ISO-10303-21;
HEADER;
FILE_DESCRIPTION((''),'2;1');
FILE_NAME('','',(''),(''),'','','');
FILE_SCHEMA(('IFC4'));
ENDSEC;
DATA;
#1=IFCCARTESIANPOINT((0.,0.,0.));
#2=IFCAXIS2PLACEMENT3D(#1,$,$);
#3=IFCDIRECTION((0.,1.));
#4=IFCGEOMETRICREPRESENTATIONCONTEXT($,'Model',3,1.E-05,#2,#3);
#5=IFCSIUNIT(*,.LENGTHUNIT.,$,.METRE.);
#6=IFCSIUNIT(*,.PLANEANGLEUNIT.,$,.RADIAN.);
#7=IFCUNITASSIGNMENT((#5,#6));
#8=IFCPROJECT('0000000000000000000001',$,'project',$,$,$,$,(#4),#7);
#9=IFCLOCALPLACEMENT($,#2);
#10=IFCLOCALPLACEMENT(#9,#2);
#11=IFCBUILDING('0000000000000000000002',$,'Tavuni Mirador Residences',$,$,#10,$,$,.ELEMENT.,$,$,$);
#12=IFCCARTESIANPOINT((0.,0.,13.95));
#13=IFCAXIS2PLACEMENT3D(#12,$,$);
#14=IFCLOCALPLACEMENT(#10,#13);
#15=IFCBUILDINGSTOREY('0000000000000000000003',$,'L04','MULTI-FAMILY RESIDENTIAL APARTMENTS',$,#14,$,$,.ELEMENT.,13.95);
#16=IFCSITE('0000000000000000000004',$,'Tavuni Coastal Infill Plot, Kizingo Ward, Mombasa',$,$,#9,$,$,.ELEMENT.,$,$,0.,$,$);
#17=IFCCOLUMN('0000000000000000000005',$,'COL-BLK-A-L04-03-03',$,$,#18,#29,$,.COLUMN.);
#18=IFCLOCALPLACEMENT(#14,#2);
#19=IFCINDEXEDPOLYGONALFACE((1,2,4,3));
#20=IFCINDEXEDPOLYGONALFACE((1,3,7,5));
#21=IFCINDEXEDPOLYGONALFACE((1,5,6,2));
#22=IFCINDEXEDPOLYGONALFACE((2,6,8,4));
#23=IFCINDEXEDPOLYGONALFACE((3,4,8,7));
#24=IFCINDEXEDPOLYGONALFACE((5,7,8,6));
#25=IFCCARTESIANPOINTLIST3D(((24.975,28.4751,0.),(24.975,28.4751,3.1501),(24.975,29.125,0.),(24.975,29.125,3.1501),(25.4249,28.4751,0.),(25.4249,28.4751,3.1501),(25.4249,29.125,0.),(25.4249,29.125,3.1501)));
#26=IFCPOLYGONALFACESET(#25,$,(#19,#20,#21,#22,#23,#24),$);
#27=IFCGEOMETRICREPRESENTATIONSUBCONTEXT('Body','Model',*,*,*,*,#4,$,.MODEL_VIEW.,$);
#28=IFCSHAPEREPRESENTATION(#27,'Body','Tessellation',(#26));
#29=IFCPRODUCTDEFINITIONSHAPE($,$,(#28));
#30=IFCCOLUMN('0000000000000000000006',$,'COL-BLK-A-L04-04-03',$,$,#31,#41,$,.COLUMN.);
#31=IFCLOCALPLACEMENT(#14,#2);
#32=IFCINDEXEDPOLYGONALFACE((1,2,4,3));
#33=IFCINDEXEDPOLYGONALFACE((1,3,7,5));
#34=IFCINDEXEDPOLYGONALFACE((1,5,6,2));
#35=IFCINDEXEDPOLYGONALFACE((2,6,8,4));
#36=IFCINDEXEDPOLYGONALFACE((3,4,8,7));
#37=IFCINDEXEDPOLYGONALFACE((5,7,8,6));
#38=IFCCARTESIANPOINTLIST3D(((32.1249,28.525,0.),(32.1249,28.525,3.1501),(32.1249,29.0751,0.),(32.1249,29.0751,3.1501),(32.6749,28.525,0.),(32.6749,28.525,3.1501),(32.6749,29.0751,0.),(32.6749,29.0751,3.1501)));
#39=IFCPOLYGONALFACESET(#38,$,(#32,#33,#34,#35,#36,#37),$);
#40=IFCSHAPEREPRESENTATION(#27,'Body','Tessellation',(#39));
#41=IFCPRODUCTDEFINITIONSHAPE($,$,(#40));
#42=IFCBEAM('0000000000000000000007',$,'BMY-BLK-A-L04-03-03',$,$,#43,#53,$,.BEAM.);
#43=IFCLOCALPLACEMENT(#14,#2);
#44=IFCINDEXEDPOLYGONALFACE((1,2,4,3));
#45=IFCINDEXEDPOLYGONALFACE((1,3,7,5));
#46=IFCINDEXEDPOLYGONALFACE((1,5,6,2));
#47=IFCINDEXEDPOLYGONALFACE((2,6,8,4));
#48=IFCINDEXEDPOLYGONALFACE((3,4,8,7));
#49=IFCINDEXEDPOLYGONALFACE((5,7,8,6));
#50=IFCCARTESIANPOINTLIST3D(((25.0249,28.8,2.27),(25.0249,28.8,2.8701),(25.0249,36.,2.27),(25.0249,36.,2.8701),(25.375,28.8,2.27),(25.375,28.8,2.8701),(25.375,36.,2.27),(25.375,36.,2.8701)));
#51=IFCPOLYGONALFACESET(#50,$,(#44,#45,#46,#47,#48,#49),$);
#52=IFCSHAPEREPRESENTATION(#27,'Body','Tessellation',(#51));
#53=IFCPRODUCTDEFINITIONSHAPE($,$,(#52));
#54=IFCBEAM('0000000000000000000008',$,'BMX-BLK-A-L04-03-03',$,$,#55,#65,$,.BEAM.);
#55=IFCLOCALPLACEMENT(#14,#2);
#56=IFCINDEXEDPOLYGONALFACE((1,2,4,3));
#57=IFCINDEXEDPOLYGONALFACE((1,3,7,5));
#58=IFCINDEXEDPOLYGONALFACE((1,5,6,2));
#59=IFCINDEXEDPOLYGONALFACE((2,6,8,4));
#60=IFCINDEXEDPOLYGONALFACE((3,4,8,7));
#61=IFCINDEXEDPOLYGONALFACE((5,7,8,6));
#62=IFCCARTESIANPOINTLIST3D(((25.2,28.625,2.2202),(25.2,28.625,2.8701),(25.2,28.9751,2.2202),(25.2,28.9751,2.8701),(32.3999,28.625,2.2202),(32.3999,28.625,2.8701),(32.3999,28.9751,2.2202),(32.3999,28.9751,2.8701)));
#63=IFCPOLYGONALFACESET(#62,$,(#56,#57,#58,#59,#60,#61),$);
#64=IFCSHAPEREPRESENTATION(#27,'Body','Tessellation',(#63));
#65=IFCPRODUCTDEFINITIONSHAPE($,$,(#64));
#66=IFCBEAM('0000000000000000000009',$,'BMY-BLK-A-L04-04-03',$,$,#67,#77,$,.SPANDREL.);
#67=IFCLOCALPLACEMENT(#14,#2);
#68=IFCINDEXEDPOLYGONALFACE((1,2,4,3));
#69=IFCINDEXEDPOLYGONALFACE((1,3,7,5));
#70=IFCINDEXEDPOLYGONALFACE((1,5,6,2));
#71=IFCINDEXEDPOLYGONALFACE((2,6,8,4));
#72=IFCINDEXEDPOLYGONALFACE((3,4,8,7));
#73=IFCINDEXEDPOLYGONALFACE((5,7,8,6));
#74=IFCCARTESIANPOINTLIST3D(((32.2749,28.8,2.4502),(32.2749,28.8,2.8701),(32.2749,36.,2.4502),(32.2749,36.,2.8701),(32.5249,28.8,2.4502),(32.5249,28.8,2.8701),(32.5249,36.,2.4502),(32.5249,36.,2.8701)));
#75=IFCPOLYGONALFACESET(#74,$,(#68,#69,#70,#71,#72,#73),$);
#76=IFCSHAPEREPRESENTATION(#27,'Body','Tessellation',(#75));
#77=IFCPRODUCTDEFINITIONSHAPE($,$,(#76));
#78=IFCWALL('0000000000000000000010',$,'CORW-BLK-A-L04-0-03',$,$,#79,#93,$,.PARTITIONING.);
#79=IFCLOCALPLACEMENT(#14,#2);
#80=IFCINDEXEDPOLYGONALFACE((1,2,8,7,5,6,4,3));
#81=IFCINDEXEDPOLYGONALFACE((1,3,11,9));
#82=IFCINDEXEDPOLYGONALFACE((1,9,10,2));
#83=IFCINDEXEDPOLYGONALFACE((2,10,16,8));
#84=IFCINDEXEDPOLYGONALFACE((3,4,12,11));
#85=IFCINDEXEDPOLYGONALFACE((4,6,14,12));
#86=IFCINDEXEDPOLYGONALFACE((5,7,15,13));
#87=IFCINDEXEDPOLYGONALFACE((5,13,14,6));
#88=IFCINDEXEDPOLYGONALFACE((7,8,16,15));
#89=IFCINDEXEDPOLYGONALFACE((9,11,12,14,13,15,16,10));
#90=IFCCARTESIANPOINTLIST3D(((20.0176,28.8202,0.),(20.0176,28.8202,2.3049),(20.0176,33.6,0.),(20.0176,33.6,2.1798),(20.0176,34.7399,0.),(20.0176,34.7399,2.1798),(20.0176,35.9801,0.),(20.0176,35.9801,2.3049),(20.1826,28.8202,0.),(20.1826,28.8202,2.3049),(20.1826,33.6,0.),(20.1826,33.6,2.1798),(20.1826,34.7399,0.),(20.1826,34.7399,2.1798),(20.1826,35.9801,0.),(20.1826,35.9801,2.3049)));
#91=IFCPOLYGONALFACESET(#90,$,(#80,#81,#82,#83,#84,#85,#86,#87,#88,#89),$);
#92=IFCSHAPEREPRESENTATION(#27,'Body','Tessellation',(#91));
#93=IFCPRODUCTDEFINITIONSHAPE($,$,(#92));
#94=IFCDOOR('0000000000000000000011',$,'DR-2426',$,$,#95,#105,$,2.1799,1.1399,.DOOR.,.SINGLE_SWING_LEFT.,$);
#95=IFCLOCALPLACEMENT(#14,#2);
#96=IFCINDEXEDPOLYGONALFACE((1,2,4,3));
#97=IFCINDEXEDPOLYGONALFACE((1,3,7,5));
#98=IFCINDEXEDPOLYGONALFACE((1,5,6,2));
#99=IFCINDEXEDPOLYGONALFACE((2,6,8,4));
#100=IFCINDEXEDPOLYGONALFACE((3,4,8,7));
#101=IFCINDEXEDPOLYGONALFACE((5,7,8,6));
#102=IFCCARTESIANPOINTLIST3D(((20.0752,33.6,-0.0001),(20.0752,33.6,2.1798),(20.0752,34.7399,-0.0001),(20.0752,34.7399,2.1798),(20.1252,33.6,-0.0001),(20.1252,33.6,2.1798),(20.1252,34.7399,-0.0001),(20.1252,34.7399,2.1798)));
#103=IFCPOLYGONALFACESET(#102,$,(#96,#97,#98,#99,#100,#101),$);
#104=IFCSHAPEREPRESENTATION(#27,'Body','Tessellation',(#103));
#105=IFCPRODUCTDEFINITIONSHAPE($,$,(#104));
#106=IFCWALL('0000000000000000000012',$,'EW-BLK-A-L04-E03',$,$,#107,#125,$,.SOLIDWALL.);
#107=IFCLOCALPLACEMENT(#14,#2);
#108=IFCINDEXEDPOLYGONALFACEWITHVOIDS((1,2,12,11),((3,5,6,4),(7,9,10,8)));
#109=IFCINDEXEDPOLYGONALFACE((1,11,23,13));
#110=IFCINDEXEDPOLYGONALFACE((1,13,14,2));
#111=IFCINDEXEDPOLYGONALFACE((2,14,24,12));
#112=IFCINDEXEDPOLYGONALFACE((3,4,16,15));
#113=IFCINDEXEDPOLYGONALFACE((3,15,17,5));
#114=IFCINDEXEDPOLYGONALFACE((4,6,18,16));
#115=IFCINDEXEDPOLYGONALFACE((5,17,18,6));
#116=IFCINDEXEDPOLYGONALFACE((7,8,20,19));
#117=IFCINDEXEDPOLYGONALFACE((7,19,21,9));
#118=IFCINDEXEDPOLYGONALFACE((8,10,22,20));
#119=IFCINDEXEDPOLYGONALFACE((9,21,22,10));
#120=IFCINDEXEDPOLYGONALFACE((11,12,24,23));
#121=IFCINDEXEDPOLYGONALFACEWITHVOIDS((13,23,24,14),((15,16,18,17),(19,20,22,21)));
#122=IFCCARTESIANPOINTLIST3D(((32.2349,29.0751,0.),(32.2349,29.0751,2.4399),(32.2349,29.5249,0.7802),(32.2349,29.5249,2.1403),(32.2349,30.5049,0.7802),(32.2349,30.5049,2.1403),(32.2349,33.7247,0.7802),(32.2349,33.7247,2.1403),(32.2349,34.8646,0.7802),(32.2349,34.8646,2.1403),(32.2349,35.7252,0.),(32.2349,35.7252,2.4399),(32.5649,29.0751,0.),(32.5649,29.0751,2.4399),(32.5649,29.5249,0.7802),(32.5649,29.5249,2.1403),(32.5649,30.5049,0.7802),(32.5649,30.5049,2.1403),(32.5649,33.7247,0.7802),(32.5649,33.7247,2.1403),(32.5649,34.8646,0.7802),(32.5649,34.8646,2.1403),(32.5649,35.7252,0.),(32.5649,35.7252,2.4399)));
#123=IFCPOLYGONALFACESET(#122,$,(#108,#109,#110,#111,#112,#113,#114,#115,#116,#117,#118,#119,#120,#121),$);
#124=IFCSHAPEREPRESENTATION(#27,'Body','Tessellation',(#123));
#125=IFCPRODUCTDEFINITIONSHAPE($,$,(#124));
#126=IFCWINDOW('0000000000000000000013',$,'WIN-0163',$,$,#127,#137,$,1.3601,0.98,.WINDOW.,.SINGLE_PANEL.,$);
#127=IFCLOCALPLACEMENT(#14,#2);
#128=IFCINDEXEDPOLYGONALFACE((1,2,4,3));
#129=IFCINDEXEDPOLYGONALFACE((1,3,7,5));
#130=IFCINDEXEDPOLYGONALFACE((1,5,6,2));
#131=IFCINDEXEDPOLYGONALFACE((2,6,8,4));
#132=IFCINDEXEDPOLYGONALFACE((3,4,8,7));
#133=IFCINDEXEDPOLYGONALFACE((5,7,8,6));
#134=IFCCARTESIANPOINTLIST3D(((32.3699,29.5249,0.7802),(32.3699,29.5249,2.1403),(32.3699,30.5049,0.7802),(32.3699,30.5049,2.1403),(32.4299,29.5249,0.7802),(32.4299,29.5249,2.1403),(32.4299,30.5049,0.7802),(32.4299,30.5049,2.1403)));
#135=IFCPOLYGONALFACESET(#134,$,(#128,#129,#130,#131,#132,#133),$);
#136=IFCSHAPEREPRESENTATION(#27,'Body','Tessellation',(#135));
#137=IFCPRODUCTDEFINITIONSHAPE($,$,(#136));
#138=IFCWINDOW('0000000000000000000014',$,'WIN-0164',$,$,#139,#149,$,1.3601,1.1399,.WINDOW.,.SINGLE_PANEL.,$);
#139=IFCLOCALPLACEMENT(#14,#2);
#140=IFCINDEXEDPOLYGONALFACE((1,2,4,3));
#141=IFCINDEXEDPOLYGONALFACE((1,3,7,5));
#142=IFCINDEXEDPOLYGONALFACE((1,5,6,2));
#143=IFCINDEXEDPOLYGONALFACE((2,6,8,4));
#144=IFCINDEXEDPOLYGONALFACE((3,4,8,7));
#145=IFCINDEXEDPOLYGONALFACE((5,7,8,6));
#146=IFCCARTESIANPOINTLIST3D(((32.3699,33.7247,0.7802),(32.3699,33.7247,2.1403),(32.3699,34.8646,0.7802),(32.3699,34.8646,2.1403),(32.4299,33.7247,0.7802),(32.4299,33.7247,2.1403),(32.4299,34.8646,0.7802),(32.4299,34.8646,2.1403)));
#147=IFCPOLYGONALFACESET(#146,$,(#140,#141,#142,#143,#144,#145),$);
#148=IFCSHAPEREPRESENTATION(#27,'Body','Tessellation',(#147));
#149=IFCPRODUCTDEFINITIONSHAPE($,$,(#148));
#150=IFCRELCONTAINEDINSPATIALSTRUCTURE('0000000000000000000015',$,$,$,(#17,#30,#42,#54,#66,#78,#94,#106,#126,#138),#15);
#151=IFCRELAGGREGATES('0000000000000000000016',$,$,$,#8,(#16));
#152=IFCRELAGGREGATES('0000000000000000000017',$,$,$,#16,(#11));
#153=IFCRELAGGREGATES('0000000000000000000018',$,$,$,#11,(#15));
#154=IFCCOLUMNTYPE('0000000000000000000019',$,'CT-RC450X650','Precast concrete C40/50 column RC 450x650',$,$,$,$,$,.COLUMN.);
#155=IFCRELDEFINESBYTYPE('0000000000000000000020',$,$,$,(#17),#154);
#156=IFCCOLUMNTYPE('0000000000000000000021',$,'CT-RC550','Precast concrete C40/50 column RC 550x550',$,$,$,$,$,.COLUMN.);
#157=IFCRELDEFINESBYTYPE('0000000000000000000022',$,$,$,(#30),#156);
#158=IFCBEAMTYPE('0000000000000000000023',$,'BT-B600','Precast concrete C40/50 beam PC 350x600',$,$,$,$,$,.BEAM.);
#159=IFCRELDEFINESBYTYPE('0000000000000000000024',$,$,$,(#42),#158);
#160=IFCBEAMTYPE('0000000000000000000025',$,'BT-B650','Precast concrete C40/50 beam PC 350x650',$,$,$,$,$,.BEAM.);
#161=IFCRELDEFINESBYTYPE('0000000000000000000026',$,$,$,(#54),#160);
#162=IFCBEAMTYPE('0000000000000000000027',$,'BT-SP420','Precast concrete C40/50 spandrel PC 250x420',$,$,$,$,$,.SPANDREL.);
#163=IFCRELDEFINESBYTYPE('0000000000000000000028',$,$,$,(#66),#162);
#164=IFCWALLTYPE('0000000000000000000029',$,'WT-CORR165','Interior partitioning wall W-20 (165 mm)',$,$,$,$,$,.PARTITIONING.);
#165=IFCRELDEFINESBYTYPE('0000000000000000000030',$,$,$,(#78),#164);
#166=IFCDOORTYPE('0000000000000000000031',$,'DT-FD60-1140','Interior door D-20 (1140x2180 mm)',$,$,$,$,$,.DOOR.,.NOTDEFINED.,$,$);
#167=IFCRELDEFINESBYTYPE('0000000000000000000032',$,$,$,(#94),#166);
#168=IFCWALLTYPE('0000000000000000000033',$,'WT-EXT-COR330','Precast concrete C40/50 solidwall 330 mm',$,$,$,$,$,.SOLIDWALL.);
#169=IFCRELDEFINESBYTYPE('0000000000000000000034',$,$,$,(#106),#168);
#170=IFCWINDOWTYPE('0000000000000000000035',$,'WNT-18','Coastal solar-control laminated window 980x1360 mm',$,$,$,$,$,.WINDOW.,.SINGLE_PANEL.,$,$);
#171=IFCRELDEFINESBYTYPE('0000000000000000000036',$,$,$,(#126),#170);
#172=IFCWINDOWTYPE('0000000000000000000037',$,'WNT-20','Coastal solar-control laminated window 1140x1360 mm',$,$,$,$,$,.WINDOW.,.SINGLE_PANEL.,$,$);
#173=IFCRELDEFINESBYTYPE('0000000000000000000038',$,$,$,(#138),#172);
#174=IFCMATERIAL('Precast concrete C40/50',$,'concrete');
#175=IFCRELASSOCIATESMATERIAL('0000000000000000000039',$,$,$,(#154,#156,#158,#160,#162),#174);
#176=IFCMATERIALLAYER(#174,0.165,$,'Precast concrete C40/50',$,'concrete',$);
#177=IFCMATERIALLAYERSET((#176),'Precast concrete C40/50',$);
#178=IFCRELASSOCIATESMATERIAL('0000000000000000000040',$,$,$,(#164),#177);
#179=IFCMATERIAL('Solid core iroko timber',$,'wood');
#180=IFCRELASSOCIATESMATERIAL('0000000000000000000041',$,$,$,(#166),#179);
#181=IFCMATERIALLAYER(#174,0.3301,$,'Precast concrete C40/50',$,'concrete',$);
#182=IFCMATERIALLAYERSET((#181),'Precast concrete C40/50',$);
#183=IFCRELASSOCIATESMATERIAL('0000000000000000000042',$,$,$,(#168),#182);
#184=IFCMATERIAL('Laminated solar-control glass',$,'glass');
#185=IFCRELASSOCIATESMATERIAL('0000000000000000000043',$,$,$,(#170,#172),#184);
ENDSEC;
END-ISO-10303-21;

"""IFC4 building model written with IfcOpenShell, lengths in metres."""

from ifc_helpers import new_model, si_unit, direction, frame, frame_2d, origin, origin_2d, place, context, subcontext, project, spatial, rectangle, extrude, material, layer, layer_set, material_profile, profile_set, type_object, element, fill, save


model = new_model("IFC4")

# Units and contexts
model_context = context("Model", 3, precision=1e-05, world=origin(), true_north=direction((0.0, 1.0)))
body_context = subcontext(model_context, "Body", "Model", "MODEL_VIEW")
ifc_project = project(units=[si_unit("LENGTHUNIT", "METRE"), si_unit("PLANEANGLEUNIT", "RADIAN")], contexts=[model_context])

# Site, building, storey
site_placement = place(None, origin())
site = spatial("IfcSite", under=ifc_project, at=site_placement, Name="Tavuni Coastal Infill Plot, Kizingo Ward, Mombasa", CompositionType="ELEMENT", RefElevation=0.0)
building_placement = place(site_placement, origin())
building = spatial("IfcBuilding", under=site, at=building_placement, Name="Tavuni Mirador Residences", CompositionType="ELEMENT")
storey_placement = place(building_placement, frame((0.0, 0.0, 13.95)))
storey = spatial("IfcBuildingStorey", under=building, at=storey_placement, Name="L04", Description="MULTI-FAMILY RESIDENTIAL APARTMENTS", CompositionType="ELEMENT", Elevation=13.95)

# Columns
ifc_material_1 = material(Name="Precast concrete C40/50", Category="concrete")
ifc_material_profile_1 = material_profile(ifc_material_1, rectangle(XDim=0.45, YDim=0.6499, at=origin_2d()), Name="RC 450x650", Category="concrete")
ifc_profile_set_1 = profile_set([ifc_material_profile_1], Name="Precast concrete C40/50")
column_type_1 = type_object("IfcColumnType", Name="CT-RC450X650", Description="Precast concrete C40/50 column RC 450x650", PredefinedType="COLUMN", material=ifc_profile_set_1)
column_1_placement = place(storey_placement, frame((25.2, 28.8, 0.0), z_axis=(0.0, 0.0, 1.0), x_axis=(1.0, 0.0, 0.0)))
element("IfcColumn", 1, at=column_1_placement, inside=storey, type_object=column_type_1, Name="COL-BLK-A-L04-03-03", PredefinedType="COLUMN", context=body_context, shape_type="SweptSolid", body=[
    extrude(rectangle(XDim=0.45, YDim=0.6499, at=origin_2d()), origin(), (0.0, 0.0, 1.0), 3.1501),
])
ifc_material_profile_2 = material_profile(ifc_material_1, rectangle(XDim=0.55, YDim=0.55, at=origin_2d()), Name="RC 550x550", Category="concrete")
ifc_profile_set_2 = profile_set([ifc_material_profile_2], Name="Precast concrete C40/50")
column_type_2 = type_object("IfcColumnType", Name="CT-RC550", Description="Precast concrete C40/50 column RC 550x550", PredefinedType="COLUMN", material=ifc_profile_set_2)
column_2_placement = place(storey_placement, frame((32.3999, 28.8, 0.0), z_axis=(0.0, 0.0, 1.0), x_axis=(1.0, 0.0, 0.0)))
element("IfcColumn", 2, at=column_2_placement, inside=storey, type_object=column_type_2, Name="COL-BLK-A-L04-04-03", PredefinedType="COLUMN", context=body_context, shape_type="SweptSolid", body=[
    extrude(rectangle(XDim=0.55, YDim=0.55, at=origin_2d()), origin(), (0.0, 0.0, 1.0), 3.1501),
])

# Beams
ifc_material_profile_3 = material_profile(ifc_material_1, rectangle(XDim=0.3501, YDim=0.6001, at=origin_2d()), Name="PC 350x600", Category="concrete")
ifc_profile_set_3 = profile_set([ifc_material_profile_3], Name="Precast concrete C40/50")
beam_type_1 = type_object("IfcBeamType", Name="BT-B600", Description="Precast concrete C40/50 beam PC 350x600", PredefinedType="BEAM", material=ifc_profile_set_3)
beam_1_placement = place(storey_placement, frame((25.2, 28.8, 2.5701), z_axis=(0.0, 1.0, 0.0), x_axis=(-1.0, 0.0, 0.0)))
element("IfcBeam", 3, at=beam_1_placement, inside=storey, type_object=beam_type_1, Name="BMY-BLK-A-L04-03-03", PredefinedType="BEAM", context=body_context, shape_type="SweptSolid", body=[
    extrude(rectangle(XDim=0.3501, YDim=0.6001, at=origin_2d()), origin(), (0.0, 0.0, 1.0), 7.2),
])
ifc_material_profile_4 = material_profile(ifc_material_1, rectangle(XDim=0.3501, YDim=0.6499, at=origin_2d()), Name="PC 350x650", Category="concrete")
ifc_profile_set_4 = profile_set([ifc_material_profile_4], Name="Precast concrete C40/50")
beam_type_2 = type_object("IfcBeamType", Name="BT-B650", Description="Precast concrete C40/50 beam PC 350x650", PredefinedType="BEAM", material=ifc_profile_set_4)
beam_2_placement = place(storey_placement, frame((25.2, 28.8, 2.5452), z_axis=(1.0, 0.0, 0.0), x_axis=(0.0, 1.0, 0.0)))
element("IfcBeam", 4, at=beam_2_placement, inside=storey, type_object=beam_type_2, Name="BMX-BLK-A-L04-03-03", PredefinedType="BEAM", context=body_context, shape_type="SweptSolid", body=[
    extrude(rectangle(XDim=0.3501, YDim=0.6499, at=origin_2d()), origin(), (0.0, 0.0, 1.0), 7.2),
])
ifc_material_profile_5 = material_profile(ifc_material_1, rectangle(XDim=0.25, YDim=0.4199, at=origin_2d()), Name="PC 250x420", Category="concrete")
ifc_profile_set_5 = profile_set([ifc_material_profile_5], Name="Precast concrete C40/50")
beam_type_3 = type_object("IfcBeamType", Name="BT-SP420", Description="Precast concrete C40/50 spandrel PC 250x420", PredefinedType="SPANDREL", material=ifc_profile_set_5)
beam_3_placement = place(storey_placement, frame((32.3999, 28.8, 2.6602), z_axis=(0.0, 1.0, 0.0), x_axis=(-1.0, 0.0, 0.0)))
element("IfcBeam", 5, at=beam_3_placement, inside=storey, type_object=beam_type_3, Name="BMY-BLK-A-L04-04-03", PredefinedType="SPANDREL", context=body_context, shape_type="SweptSolid", body=[
    extrude(rectangle(XDim=0.25, YDim=0.4199, at=origin_2d()), origin(), (0.0, 0.0, 1.0), 7.2),
])

# Wall, opening, door
ifc_layer_1 = layer(ifc_material_1, 0.165, Name="Precast concrete C40/50", Category="concrete")
ifc_layer_set_1 = layer_set([ifc_layer_1], Name="Precast concrete C40/50")
wall_type_1 = type_object("IfcWallType", Name="WT-CORR165", Description="Interior partitioning wall W-20 (165 mm)", PredefinedType="PARTITIONING", material=ifc_layer_set_1)
wall_1_placement = place(storey_placement, frame((20.1001, 28.8201, 0.0), z_axis=(0.0, 0.0, 1.0), x_axis=(0.0, 1.0, 0.0)))
wall_1 = element("IfcWall", 6, at=wall_1_placement, inside=storey, type_object=wall_type_1, Name="CORW-BLK-A-L04-0-03", PredefinedType="PARTITIONING", context=body_context, shape_type="SweptSolid", body=[
    extrude(rectangle(XDim=7.1599, YDim=0.165, at=frame_2d((3.5801, 0.0))), origin(), (0.0, 0.0, 1.0), 2.3049),
])
opening_1_placement = place(wall_1_placement, frame((4.78, 0.0, 0.0)))
opening_1 = element("IfcOpeningElement", 7, at=opening_1_placement, cuts=wall_1, PredefinedType="OPENING", context=body_context, shape_type="SweptSolid", body=[
    extrude(rectangle(XDim=1.1399, YDim=2.1799, at=frame_2d((0.5698, 1.0898))), frame((0.0, 0.0925, 0.0), z_axis=(0.0, -1.0, 0.0), x_axis=(1.0, 0.0, 0.0)), (0.0, 0.0, 1.0), 0.1851),
])
ifc_material_2 = material(Name="Solid core iroko timber", Category="wood")
door_type_1 = type_object("IfcDoorType", Name="DT-FD60-1140", Description="Interior door D-20 (1140x2180 mm)", OperationType="NOTDEFINED", PredefinedType="DOOR", material=ifc_material_2)
door_1_placement = place(opening_1_placement, origin())
door_1 = element("IfcDoor", 8, at=door_1_placement, inside=storey, type_object=door_type_1, Name="DR-2426", OperationType="SINGLE_SWING_LEFT", OverallHeight=2.1799, OverallWidth=1.1399, PredefinedType="DOOR", context=body_context, shape_type="SweptSolid", body=[
    extrude(rectangle(XDim=1.1399, YDim=2.1799, at=frame_2d((0.5698, 1.0898))), frame((0.0, 0.0249, 0.0), z_axis=(0.0, -1.0, 0.0), x_axis=(1.0, 0.0, 0.0)), (0.0, 0.0, 1.0), 0.05),
])
fill(opening_1, door_1)

# Wall, openings, windows
ifc_layer_2 = layer(ifc_material_1, 0.3301, Name="Precast concrete C40/50", Category="concrete")
ifc_layer_set_2 = layer_set([ifc_layer_2], Name="Precast concrete C40/50")
wall_type_2 = type_object("IfcWallType", Name="WT-EXT-COR330", Description="Precast concrete C40/50 solidwall 330 mm", PredefinedType="SOLIDWALL", material=ifc_layer_set_2)
wall_2_placement = place(storey_placement, frame((32.3999, 29.075, 0.0), z_axis=(0.0, 0.0, 1.0), x_axis=(0.0, 1.0, 0.0)))
wall_2 = element("IfcWall", 9, at=wall_2_placement, inside=storey, type_object=wall_type_2, Name="EW-BLK-A-L04-E03", PredefinedType="SOLIDWALL", context=body_context, shape_type="SweptSolid", body=[
    extrude(rectangle(XDim=6.6501, YDim=0.3301, at=frame_2d((3.3252, 0.0))), origin(), (0.0, 0.0, 1.0), 2.4399),
])
opening_2_placement = place(wall_2_placement, frame((0.45, 0.0, 0.78)))
opening_2 = element("IfcOpeningElement", 10, at=opening_2_placement, cuts=wall_2, PredefinedType="OPENING", context=body_context, shape_type="SweptSolid", body=[
    extrude(rectangle(XDim=0.98, YDim=1.3601, at=frame_2d((0.49, 0.6802))), frame((0.0, 0.175, 0.0), z_axis=(0.0, -1.0, 0.0), x_axis=(1.0, 0.0, 0.0)), (0.0, 0.0, 1.0), 0.3501),
])
opening_3_placement = place(wall_2_placement, frame((4.6499, 0.0, 0.78)))
opening_3 = element("IfcOpeningElement", 11, at=opening_3_placement, cuts=wall_2, PredefinedType="OPENING", context=body_context, shape_type="SweptSolid", body=[
    extrude(rectangle(XDim=1.1399, YDim=1.3601, at=frame_2d((0.5698, 0.6802))), frame((0.0, 0.175, 0.0), z_axis=(0.0, -1.0, 0.0), x_axis=(1.0, 0.0, 0.0)), (0.0, 0.0, 1.0), 0.3501),
])
ifc_material_3 = material(Name="Laminated solar-control glass", Category="glass")
window_type_1 = type_object("IfcWindowType", Name="WNT-18", Description="Coastal solar-control laminated window 980x1360 mm", PartitioningType="SINGLE_PANEL", PredefinedType="WINDOW", material=ifc_material_3)
window_1_placement = place(opening_2_placement, origin())
window_1 = element("IfcWindow", 12, at=window_1_placement, inside=storey, type_object=window_type_1, Name="WIN-0163", OverallHeight=1.3601, OverallWidth=0.98, PartitioningType="SINGLE_PANEL", PredefinedType="WINDOW", context=body_context, shape_type="SweptSolid", body=[
    extrude(rectangle(XDim=0.98, YDim=1.3601, at=frame_2d((0.49, 0.6802))), frame((0.0, 0.03, 0.0), z_axis=(0.0, -1.0, 0.0), x_axis=(1.0, 0.0, 0.0)), (0.0, 0.0, 1.0), 0.0601),
])
fill(opening_2, window_1)
window_type_2 = type_object("IfcWindowType", Name="WNT-20", Description="Coastal solar-control laminated window 1140x1360 mm", PartitioningType="SINGLE_PANEL", PredefinedType="WINDOW", material=ifc_material_3)
window_2_placement = place(opening_3_placement, origin())
window_2 = element("IfcWindow", 13, at=window_2_placement, inside=storey, type_object=window_type_2, Name="WIN-0164", OverallHeight=1.3601, OverallWidth=1.1399, PartitioningType="SINGLE_PANEL", PredefinedType="WINDOW", context=body_context, shape_type="SweptSolid", body=[
    extrude(rectangle(XDim=1.1399, YDim=1.3601, at=frame_2d((0.5698, 0.6802))), frame((0.0, 0.03, 0.0), z_axis=(0.0, -1.0, 0.0), x_axis=(1.0, 0.0, 0.0)), (0.0, 0.0, 1.0), 0.0601),
])
fill(opening_3, window_2)

save(model, "model.ifc")
